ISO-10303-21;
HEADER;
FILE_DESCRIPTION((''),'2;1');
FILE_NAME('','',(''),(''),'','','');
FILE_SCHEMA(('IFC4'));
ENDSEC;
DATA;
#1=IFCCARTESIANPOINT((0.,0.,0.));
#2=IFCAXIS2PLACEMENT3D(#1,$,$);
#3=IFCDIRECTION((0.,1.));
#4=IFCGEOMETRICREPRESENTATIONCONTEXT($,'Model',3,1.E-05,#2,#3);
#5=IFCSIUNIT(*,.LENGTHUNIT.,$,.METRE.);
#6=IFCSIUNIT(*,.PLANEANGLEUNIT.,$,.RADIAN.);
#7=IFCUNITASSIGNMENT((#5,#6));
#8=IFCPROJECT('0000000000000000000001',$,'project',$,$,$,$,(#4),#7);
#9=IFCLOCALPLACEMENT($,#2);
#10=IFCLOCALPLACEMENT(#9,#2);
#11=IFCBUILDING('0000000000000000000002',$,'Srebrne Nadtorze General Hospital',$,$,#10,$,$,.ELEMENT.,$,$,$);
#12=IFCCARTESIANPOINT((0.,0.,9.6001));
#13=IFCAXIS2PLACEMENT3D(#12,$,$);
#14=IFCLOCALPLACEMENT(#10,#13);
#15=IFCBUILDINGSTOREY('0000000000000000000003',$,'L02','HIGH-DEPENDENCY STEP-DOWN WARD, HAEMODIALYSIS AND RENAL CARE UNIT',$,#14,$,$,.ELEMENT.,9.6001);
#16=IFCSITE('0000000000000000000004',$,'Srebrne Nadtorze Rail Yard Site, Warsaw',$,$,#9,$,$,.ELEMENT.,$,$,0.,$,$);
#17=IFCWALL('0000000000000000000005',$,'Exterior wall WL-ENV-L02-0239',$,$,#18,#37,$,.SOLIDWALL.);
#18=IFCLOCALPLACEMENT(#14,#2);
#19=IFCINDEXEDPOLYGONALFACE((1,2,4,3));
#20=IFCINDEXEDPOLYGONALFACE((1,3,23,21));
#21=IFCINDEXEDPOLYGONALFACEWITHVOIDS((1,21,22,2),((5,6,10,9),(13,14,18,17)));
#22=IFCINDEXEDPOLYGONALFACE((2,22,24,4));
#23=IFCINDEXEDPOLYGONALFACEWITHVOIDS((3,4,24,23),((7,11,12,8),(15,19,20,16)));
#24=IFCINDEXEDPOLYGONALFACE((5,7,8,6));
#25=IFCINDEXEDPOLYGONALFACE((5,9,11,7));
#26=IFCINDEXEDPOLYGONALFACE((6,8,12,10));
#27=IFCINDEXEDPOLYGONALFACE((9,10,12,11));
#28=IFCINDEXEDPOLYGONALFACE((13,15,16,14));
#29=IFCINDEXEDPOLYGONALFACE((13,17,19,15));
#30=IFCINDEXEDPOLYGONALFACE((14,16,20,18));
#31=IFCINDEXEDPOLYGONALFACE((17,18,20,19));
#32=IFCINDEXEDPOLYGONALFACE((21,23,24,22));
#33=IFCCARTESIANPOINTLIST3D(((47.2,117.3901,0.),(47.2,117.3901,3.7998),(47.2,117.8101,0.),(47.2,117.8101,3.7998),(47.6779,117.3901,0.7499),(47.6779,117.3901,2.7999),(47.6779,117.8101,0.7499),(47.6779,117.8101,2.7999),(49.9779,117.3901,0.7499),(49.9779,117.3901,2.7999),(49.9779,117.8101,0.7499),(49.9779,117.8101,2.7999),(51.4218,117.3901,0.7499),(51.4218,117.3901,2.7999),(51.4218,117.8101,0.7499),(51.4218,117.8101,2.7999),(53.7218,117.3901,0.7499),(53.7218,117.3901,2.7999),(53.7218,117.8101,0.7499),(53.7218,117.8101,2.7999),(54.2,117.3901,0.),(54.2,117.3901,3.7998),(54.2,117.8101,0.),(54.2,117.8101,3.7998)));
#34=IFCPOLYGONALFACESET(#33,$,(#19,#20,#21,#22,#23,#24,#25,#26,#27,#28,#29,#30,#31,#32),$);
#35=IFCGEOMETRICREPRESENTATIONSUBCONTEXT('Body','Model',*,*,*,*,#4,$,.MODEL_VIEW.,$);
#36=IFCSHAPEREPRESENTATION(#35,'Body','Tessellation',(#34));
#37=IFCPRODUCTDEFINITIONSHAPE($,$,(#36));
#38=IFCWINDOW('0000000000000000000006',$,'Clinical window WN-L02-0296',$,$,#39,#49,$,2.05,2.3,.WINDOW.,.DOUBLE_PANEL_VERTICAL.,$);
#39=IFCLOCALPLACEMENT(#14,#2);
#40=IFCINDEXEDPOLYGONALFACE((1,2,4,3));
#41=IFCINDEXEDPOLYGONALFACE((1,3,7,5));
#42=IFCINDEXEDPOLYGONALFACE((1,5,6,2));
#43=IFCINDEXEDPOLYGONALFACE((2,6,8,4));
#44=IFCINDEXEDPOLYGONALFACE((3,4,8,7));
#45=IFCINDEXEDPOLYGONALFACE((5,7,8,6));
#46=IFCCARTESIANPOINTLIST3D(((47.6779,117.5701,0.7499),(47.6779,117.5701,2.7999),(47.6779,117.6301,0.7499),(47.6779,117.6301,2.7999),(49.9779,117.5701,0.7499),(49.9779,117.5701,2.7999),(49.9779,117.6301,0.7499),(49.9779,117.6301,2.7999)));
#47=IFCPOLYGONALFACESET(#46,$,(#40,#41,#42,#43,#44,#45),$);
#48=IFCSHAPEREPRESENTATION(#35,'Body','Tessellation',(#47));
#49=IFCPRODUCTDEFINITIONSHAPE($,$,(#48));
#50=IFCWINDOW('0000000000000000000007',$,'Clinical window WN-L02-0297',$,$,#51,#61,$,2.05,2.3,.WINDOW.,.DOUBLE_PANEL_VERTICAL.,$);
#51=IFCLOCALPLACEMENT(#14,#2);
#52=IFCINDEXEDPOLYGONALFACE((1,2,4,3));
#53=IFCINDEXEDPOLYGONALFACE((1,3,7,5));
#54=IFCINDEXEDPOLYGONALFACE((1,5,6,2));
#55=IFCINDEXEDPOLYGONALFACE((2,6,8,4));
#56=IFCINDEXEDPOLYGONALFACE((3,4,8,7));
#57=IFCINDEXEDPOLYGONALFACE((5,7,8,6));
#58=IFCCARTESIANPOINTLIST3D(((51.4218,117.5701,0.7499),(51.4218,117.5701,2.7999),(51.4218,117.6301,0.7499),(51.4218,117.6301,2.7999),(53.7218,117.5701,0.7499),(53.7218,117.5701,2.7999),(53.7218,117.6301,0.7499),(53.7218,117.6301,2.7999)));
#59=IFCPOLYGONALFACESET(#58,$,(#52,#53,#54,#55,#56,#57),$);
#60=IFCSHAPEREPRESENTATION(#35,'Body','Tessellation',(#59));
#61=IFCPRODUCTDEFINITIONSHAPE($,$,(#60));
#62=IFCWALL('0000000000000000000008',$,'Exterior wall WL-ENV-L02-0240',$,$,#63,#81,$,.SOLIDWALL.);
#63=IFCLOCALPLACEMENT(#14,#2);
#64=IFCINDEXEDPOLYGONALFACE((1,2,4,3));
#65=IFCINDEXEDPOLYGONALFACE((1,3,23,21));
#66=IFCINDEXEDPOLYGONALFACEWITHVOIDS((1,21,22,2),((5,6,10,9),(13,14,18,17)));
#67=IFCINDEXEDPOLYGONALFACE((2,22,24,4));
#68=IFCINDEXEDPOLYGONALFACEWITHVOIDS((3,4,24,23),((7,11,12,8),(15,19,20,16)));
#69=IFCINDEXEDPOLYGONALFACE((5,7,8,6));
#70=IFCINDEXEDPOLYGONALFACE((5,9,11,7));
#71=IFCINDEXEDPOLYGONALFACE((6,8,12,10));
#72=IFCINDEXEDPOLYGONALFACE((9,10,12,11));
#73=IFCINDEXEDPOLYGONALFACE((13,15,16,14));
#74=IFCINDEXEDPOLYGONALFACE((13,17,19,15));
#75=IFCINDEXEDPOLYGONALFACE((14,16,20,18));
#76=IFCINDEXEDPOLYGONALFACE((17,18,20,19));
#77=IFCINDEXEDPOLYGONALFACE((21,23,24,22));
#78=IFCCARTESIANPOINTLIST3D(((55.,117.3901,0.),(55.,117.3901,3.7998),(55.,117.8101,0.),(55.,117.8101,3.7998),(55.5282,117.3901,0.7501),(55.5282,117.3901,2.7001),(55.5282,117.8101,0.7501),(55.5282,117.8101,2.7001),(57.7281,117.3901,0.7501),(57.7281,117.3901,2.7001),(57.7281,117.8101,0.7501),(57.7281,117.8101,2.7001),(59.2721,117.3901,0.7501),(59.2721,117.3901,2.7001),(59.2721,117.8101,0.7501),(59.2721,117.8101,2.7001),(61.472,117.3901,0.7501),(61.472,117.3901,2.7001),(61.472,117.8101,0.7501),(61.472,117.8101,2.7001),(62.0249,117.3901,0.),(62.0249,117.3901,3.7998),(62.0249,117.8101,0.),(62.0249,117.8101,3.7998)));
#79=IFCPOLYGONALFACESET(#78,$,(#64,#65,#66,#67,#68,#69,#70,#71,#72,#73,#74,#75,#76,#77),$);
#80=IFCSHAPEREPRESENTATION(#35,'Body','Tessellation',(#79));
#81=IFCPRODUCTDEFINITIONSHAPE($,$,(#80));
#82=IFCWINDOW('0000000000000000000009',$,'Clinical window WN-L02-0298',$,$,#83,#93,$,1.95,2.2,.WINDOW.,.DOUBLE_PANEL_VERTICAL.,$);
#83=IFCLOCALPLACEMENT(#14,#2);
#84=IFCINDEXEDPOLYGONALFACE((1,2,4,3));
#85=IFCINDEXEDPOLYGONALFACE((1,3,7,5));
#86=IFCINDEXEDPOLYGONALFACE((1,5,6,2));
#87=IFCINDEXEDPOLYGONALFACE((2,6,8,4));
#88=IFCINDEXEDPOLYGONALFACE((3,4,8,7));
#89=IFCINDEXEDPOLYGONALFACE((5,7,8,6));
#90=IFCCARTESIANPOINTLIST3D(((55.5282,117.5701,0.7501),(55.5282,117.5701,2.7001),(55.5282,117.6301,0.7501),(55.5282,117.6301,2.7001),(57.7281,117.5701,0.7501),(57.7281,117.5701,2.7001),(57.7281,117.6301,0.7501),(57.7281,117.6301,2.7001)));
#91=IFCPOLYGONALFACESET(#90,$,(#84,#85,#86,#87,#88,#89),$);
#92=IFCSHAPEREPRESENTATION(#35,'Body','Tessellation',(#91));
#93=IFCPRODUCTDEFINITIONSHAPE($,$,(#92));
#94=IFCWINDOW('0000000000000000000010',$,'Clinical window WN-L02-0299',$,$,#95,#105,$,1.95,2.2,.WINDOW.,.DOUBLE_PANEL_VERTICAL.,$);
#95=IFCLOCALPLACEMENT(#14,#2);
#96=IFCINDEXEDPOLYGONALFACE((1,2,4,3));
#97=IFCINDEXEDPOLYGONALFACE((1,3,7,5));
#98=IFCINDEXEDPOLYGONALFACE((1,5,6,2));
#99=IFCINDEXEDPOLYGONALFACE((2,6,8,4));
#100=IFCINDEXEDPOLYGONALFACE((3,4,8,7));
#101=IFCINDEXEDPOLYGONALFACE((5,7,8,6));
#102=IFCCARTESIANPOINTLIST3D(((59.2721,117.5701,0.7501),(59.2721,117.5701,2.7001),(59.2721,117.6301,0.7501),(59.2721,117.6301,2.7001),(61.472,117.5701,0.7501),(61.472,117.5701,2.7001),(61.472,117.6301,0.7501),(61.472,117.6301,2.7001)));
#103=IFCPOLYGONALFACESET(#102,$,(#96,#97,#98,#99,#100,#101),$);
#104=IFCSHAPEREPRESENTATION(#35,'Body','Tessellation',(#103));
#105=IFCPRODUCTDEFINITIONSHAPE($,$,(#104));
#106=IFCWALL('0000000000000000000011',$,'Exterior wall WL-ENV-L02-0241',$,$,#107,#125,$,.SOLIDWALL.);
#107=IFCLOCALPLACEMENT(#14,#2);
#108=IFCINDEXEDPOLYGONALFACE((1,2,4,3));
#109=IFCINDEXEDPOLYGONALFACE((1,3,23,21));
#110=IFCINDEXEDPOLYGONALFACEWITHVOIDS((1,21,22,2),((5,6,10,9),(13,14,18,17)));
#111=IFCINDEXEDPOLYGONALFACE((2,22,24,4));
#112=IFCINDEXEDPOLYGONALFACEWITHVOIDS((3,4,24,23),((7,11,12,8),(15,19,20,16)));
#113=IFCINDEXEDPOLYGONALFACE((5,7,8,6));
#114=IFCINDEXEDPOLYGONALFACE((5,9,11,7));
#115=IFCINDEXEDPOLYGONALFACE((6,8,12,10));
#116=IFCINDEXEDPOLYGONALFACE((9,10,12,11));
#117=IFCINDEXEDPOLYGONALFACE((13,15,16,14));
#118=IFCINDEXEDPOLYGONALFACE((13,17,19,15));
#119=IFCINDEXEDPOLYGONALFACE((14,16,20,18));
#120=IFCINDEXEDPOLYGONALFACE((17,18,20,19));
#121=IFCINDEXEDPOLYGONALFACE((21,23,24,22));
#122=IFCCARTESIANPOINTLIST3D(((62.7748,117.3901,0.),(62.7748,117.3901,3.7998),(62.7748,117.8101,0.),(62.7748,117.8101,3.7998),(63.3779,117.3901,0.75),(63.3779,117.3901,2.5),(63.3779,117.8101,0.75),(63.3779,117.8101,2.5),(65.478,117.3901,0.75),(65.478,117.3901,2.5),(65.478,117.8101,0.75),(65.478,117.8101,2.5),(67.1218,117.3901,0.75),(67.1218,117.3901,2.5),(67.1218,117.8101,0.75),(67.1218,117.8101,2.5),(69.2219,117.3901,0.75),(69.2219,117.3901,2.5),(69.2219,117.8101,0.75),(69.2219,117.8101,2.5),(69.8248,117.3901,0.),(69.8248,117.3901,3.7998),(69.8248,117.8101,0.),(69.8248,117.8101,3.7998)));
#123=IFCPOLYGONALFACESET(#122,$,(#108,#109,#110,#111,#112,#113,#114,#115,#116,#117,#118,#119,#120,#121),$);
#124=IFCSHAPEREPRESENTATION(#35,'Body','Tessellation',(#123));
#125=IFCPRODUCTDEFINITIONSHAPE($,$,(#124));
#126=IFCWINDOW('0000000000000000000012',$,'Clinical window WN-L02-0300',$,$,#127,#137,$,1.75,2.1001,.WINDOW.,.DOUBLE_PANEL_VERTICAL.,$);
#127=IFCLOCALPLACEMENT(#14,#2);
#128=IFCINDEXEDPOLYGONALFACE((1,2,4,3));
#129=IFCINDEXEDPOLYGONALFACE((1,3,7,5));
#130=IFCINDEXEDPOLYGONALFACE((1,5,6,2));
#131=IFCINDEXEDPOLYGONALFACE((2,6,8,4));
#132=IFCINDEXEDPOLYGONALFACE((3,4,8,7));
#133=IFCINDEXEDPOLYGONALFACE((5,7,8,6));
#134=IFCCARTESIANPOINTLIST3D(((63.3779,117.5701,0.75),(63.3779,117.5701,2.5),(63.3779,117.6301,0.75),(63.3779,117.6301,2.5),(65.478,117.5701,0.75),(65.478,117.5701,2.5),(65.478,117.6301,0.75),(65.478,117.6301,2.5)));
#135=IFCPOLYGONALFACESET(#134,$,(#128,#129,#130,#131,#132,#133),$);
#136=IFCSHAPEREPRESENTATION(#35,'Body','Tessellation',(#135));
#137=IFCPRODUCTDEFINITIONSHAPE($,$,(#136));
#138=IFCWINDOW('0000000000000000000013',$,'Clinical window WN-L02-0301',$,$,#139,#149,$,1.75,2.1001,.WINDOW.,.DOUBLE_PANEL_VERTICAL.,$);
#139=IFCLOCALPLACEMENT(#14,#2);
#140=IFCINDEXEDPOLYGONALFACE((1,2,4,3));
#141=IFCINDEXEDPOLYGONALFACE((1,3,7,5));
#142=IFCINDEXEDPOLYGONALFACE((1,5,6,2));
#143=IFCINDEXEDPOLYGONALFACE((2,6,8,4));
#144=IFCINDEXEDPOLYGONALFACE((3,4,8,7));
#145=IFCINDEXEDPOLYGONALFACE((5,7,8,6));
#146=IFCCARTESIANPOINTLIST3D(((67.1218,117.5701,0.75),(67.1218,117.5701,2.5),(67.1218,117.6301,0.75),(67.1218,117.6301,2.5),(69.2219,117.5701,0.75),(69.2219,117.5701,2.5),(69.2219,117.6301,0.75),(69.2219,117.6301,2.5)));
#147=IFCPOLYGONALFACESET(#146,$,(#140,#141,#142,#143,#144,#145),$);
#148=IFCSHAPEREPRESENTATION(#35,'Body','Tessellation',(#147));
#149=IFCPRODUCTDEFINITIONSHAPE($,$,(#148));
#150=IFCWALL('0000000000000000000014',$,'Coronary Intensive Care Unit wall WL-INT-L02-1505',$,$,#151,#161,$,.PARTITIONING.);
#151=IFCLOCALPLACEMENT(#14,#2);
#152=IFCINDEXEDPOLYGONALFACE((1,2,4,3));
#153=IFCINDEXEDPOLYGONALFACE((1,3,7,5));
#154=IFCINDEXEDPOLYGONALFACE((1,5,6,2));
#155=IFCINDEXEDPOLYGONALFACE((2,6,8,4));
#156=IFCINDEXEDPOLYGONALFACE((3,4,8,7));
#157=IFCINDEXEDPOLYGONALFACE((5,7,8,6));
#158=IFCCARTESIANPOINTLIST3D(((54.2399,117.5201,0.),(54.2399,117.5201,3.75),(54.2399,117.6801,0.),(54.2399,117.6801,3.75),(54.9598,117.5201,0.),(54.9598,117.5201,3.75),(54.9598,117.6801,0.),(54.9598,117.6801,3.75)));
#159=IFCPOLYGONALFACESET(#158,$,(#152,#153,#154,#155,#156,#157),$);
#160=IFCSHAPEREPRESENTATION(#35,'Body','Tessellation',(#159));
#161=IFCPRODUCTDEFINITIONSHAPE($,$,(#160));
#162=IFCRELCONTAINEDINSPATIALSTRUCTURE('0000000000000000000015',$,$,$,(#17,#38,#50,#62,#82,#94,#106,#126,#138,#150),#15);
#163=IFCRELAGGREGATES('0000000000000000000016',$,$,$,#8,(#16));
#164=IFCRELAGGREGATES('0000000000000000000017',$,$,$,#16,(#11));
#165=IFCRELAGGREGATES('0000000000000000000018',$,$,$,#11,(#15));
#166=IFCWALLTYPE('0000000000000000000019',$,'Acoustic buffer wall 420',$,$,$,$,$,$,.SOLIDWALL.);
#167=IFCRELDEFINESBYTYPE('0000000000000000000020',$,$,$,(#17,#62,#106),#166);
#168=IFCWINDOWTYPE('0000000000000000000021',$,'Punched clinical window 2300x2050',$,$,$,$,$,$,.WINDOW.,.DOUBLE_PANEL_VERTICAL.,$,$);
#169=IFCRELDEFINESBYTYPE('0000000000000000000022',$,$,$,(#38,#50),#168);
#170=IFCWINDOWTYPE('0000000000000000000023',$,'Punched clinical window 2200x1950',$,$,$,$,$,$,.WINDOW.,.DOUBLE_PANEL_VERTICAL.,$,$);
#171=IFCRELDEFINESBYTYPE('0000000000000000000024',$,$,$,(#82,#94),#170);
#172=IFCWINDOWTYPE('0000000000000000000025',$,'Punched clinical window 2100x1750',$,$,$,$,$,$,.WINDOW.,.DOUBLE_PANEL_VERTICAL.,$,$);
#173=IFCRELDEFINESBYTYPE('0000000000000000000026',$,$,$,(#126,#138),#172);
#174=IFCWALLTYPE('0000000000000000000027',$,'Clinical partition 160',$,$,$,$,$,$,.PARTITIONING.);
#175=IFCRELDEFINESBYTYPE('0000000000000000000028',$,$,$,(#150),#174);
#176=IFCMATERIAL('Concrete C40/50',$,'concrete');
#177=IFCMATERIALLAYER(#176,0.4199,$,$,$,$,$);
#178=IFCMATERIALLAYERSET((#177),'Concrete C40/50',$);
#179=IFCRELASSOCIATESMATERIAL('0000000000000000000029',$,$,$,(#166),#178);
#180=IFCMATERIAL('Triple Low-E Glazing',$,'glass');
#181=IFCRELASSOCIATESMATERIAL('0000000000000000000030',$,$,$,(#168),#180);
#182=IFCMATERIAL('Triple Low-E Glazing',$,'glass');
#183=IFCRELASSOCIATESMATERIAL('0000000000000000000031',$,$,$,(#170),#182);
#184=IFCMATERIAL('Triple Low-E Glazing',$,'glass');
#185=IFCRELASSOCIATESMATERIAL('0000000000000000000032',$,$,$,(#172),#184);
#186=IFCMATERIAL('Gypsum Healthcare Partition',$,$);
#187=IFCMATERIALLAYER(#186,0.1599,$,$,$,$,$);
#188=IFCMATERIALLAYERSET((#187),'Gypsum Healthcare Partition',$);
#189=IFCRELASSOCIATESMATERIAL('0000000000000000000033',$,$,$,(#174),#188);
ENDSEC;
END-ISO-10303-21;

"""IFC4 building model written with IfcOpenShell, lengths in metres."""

from ifc_helpers import new_model, si_unit, direction, frame, frame_2d, origin, place, context, subcontext, project, spatial, rectangle, extrude, material, layer, layer_set, type_object, element, fill, save


model = new_model("IFC4")

# Units and contexts
model_context = context("Model", 3, precision=1e-05, world=origin(), true_north=direction((0.0, 1.0)))
body_context = subcontext(model_context, "Body", "Model", "MODEL_VIEW")
ifc_project = project(units=[si_unit("LENGTHUNIT", "METRE"), si_unit("PLANEANGLEUNIT", "RADIAN")], contexts=[model_context])

# Site, building, storey
site_placement = place(None, origin())
site = spatial("IfcSite", under=ifc_project, at=site_placement, Name="Srebrne Nadtorze Rail Yard Site, Warsaw", CompositionType="ELEMENT", RefElevation=0.0)
building_placement = place(site_placement, origin())
building = spatial("IfcBuilding", under=site, at=building_placement, Name="Srebrne Nadtorze General Hospital", CompositionType="ELEMENT")
storey_placement = place(building_placement, frame((0.0, 0.0, 9.6001)))
storey = spatial("IfcBuildingStorey", under=building, at=storey_placement, Name="L02", Description="HIGH-DEPENDENCY STEP-DOWN WARD, HAEMODIALYSIS AND RENAL CARE UNIT", CompositionType="ELEMENT", Elevation=9.6001)

# Walls, openings, windows
ifc_material_1 = material(Name="Concrete C40/50", Category="concrete")
ifc_layer_1 = layer(ifc_material_1, 0.4199)
ifc_layer_set_1 = layer_set([ifc_layer_1], Name="Concrete C40/50")
wall_type_1 = type_object("IfcWallType", Name="Acoustic buffer wall 420", PredefinedType="SOLIDWALL", material=ifc_layer_set_1)
wall_1_placement = place(storey_placement, frame((47.2, 117.6001, 0.0), z_axis=(0.0, 0.0, 1.0), x_axis=(1.0, 0.0, 0.0)))
wall_1 = element("IfcWall", 1, at=wall_1_placement, inside=storey, type_object=wall_type_1, Name="Exterior wall WL-ENV-L02-0239", PredefinedType="SOLIDWALL", context=body_context, shape_type="SweptSolid", body=[
    extrude(rectangle(XDim=7.0, YDim=0.4199, at=frame_2d((3.5, 0.0))), origin(), (0.0, 0.0, 1.0), 3.7998),
])
opening_1_placement = place(wall_1_placement, frame((0.478, 0.0, 0.75)))
opening_1 = element("IfcOpeningElement", 2, at=opening_1_placement, cuts=wall_1, PredefinedType="OPENING", context=body_context, shape_type="SweptSolid", body=[
    extrude(rectangle(XDim=2.3, YDim=2.05, at=frame_2d((1.1499, 1.0249))), frame((0.0, 0.2219, 0.0), z_axis=(0.0, -1.0, 0.0), x_axis=(1.0, 0.0, 0.0)), (0.0, 0.0, 1.0), 0.4438),
])
opening_2_placement = place(wall_1_placement, frame((4.2219, 0.0, 0.75)))
opening_2 = element("IfcOpeningElement", 3, at=opening_2_placement, cuts=wall_1, PredefinedType="OPENING", context=body_context, shape_type="SweptSolid", body=[
    extrude(rectangle(XDim=2.3, YDim=2.05, at=frame_2d((1.1499, 1.0249))), frame((0.0, 0.2219, 0.0), z_axis=(0.0, -1.0, 0.0), x_axis=(1.0, 0.0, 0.0)), (0.0, 0.0, 1.0), 0.4438),
])
ifc_material_2 = material(Name="Triple Low-E Glazing", Category="glass")
window_type_1 = type_object("IfcWindowType", Name="Punched clinical window 2300x2050", PartitioningType="DOUBLE_PANEL_VERTICAL", PredefinedType="WINDOW", material=ifc_material_2)
window_1_placement = place(opening_1_placement, origin())
window_1 = element("IfcWindow", 4, at=window_1_placement, inside=storey, type_object=window_type_1, Name="Clinical window WN-L02-0296", OverallHeight=2.05, OverallWidth=2.3, PartitioningType="DOUBLE_PANEL_VERTICAL", PredefinedType="WINDOW", context=body_context, shape_type="SweptSolid", body=[
    extrude(rectangle(XDim=2.3, YDim=2.05, at=frame_2d((1.1499, 1.0249))), frame((0.0, 0.03, 0.0), z_axis=(0.0, -1.0, 0.0), x_axis=(1.0, 0.0, 0.0)), (0.0, 0.0, 1.0), 0.0601),
])
fill(opening_1, window_1)
window_2_placement = place(opening_2_placement, origin())
window_2 = element("IfcWindow", 5, at=window_2_placement, inside=storey, type_object=window_type_1, Name="Clinical window WN-L02-0297", OverallHeight=2.05, OverallWidth=2.3, PartitioningType="DOUBLE_PANEL_VERTICAL", PredefinedType="WINDOW", context=body_context, shape_type="SweptSolid", body=[
    extrude(rectangle(XDim=2.3, YDim=2.05, at=frame_2d((1.1499, 1.0249))), frame((0.0, 0.03, 0.0), z_axis=(0.0, -1.0, 0.0), x_axis=(1.0, 0.0, 0.0)), (0.0, 0.0, 1.0), 0.0601),
])
fill(opening_2, window_2)
wall_2_placement = place(storey_placement, frame((55.0, 117.6001, 0.0), z_axis=(0.0, 0.0, 1.0), x_axis=(1.0, 0.0, 0.0)))
wall_2 = element("IfcWall", 6, at=wall_2_placement, inside=storey, type_object=wall_type_1, Name="Exterior wall WL-ENV-L02-0240", PredefinedType="SOLIDWALL", context=body_context, shape_type="SweptSolid", body=[
    extrude(rectangle(XDim=7.0249, YDim=0.4199, at=frame_2d((3.5125, 0.0))), origin(), (0.0, 0.0, 1.0), 3.7998),
])
opening_3_placement = place(wall_2_placement, frame((0.5281, 0.0, 0.75)))
opening_3 = element("IfcOpeningElement", 7, at=opening_3_placement, cuts=wall_2, PredefinedType="OPENING", context=body_context, shape_type="SweptSolid", body=[
    extrude(rectangle(XDim=2.2, YDim=1.95, at=frame_2d((1.1001, 0.9751))), frame((0.0, 0.2219, 0.0), z_axis=(0.0, -1.0, 0.0), x_axis=(1.0, 0.0, 0.0)), (0.0, 0.0, 1.0), 0.4438),
])
opening_4_placement = place(wall_2_placement, frame((4.272, 0.0, 0.75)))
opening_4 = element("IfcOpeningElement", 8, at=opening_4_placement, cuts=wall_2, PredefinedType="OPENING", context=body_context, shape_type="SweptSolid", body=[
    extrude(rectangle(XDim=2.2, YDim=1.95, at=frame_2d((1.1001, 0.9751))), frame((0.0, 0.2219, 0.0), z_axis=(0.0, -1.0, 0.0), x_axis=(1.0, 0.0, 0.0)), (0.0, 0.0, 1.0), 0.4438),
])
ifc_material_3 = material(Name="Triple Low-E Glazing", Category="glass")
window_type_2 = type_object("IfcWindowType", Name="Punched clinical window 2200x1950", PartitioningType="DOUBLE_PANEL_VERTICAL", PredefinedType="WINDOW", material=ifc_material_3)
window_3_placement = place(opening_3_placement, origin())
window_3 = element("IfcWindow", 9, at=window_3_placement, inside=storey, type_object=window_type_2, Name="Clinical window WN-L02-0298", OverallHeight=1.95, OverallWidth=2.2, PartitioningType="DOUBLE_PANEL_VERTICAL", PredefinedType="WINDOW", context=body_context, shape_type="SweptSolid", body=[
    extrude(rectangle(XDim=2.2, YDim=1.95, at=frame_2d((1.1001, 0.9751))), frame((0.0, 0.03, 0.0), z_axis=(0.0, -1.0, 0.0), x_axis=(1.0, 0.0, 0.0)), (0.0, 0.0, 1.0), 0.0601),
])
fill(opening_3, window_3)
window_4_placement = place(opening_4_placement, origin())
window_4 = element("IfcWindow", 10, at=window_4_placement, inside=storey, type_object=window_type_2, Name="Clinical window WN-L02-0299", OverallHeight=1.95, OverallWidth=2.2, PartitioningType="DOUBLE_PANEL_VERTICAL", PredefinedType="WINDOW", context=body_context, shape_type="SweptSolid", body=[
    extrude(rectangle(XDim=2.2, YDim=1.95, at=frame_2d((1.1001, 0.9751))), frame((0.0, 0.03, 0.0), z_axis=(0.0, -1.0, 0.0), x_axis=(1.0, 0.0, 0.0)), (0.0, 0.0, 1.0), 0.0601),
])
fill(opening_4, window_4)
wall_3_placement = place(storey_placement, frame((62.7749, 117.6001, 0.0), z_axis=(0.0, 0.0, 1.0), x_axis=(1.0, 0.0, 0.0)))
wall_3 = element("IfcWall", 11, at=wall_3_placement, inside=storey, type_object=wall_type_1, Name="Exterior wall WL-ENV-L02-0241", PredefinedType="SOLIDWALL", context=body_context, shape_type="SweptSolid", body=[
    extrude(rectangle(XDim=7.05, YDim=0.4199, at=frame_2d((3.5249, 0.0))), origin(), (0.0, 0.0, 1.0), 3.7998),
])
opening_5_placement = place(wall_3_placement, frame((0.603, 0.0, 0.75)))
opening_5 = element("IfcOpeningElement", 12, at=opening_5_placement, cuts=wall_3, PredefinedType="OPENING", context=body_context, shape_type="SweptSolid", body=[
    extrude(rectangle(XDim=2.1001, YDim=1.75, at=frame_2d((1.05, 0.875))), frame((0.0, 0.2219, 0.0), z_axis=(0.0, -1.0, 0.0), x_axis=(1.0, 0.0, 0.0)), (0.0, 0.0, 1.0), 0.4438),
])
opening_6_placement = place(wall_3_placement, frame((4.3469, 0.0, 0.75)))
opening_6 = element("IfcOpeningElement", 13, at=opening_6_placement, cuts=wall_3, PredefinedType="OPENING", context=body_context, shape_type="SweptSolid", body=[
    extrude(rectangle(XDim=2.1001, YDim=1.75, at=frame_2d((1.05, 0.875))), frame((0.0, 0.2219, 0.0), z_axis=(0.0, -1.0, 0.0), x_axis=(1.0, 0.0, 0.0)), (0.0, 0.0, 1.0), 0.4438),
])
ifc_material_4 = material(Name="Triple Low-E Glazing", Category="glass")
window_type_3 = type_object("IfcWindowType", Name="Punched clinical window 2100x1750", PartitioningType="DOUBLE_PANEL_VERTICAL", PredefinedType="WINDOW", material=ifc_material_4)
window_5_placement = place(opening_5_placement, origin())
window_5 = element("IfcWindow", 14, at=window_5_placement, inside=storey, type_object=window_type_3, Name="Clinical window WN-L02-0300", OverallHeight=1.75, OverallWidth=2.1001, PartitioningType="DOUBLE_PANEL_VERTICAL", PredefinedType="WINDOW", context=body_context, shape_type="SweptSolid", body=[
    extrude(rectangle(XDim=2.1001, YDim=1.75, at=frame_2d((1.05, 0.875))), frame((0.0, 0.03, 0.0), z_axis=(0.0, -1.0, 0.0), x_axis=(1.0, 0.0, 0.0)), (0.0, 0.0, 1.0), 0.0601),
])
fill(opening_5, window_5)
window_6_placement = place(opening_6_placement, origin())
window_6 = element("IfcWindow", 15, at=window_6_placement, inside=storey, type_object=window_type_3, Name="Clinical window WN-L02-0301", OverallHeight=1.75, OverallWidth=2.1001, PartitioningType="DOUBLE_PANEL_VERTICAL", PredefinedType="WINDOW", context=body_context, shape_type="SweptSolid", body=[
    extrude(rectangle(XDim=2.1001, YDim=1.75, at=frame_2d((1.05, 0.875))), frame((0.0, 0.03, 0.0), z_axis=(0.0, -1.0, 0.0), x_axis=(1.0, 0.0, 0.0)), (0.0, 0.0, 1.0), 0.0601),
])
fill(opening_6, window_6)

# Wall
ifc_material_5 = material(Name="Gypsum Healthcare Partition")
ifc_layer_2 = layer(ifc_material_5, 0.1599)
ifc_layer_set_2 = layer_set([ifc_layer_2], Name="Gypsum Healthcare Partition")
wall_type_2 = type_object("IfcWallType", Name="Clinical partition 160", PredefinedType="PARTITIONING", material=ifc_layer_set_2)
wall_4_placement = place(storey_placement, frame((54.24, 117.6001, 0.0), z_axis=(0.0, 0.0, 1.0), x_axis=(1.0, 0.0, 0.0)))
element("IfcWall", 16, at=wall_4_placement, inside=storey, type_object=wall_type_2, Name="Coronary Intensive Care Unit wall WL-INT-L02-1505", PredefinedType="PARTITIONING", context=body_context, shape_type="SweptSolid", body=[
    extrude(rectangle(XDim=0.72, YDim=0.1599, at=frame_2d((0.3599, 0.0))), origin(), (0.0, 0.0, 1.0), 3.75),
])

save(model, "model.ifc")
